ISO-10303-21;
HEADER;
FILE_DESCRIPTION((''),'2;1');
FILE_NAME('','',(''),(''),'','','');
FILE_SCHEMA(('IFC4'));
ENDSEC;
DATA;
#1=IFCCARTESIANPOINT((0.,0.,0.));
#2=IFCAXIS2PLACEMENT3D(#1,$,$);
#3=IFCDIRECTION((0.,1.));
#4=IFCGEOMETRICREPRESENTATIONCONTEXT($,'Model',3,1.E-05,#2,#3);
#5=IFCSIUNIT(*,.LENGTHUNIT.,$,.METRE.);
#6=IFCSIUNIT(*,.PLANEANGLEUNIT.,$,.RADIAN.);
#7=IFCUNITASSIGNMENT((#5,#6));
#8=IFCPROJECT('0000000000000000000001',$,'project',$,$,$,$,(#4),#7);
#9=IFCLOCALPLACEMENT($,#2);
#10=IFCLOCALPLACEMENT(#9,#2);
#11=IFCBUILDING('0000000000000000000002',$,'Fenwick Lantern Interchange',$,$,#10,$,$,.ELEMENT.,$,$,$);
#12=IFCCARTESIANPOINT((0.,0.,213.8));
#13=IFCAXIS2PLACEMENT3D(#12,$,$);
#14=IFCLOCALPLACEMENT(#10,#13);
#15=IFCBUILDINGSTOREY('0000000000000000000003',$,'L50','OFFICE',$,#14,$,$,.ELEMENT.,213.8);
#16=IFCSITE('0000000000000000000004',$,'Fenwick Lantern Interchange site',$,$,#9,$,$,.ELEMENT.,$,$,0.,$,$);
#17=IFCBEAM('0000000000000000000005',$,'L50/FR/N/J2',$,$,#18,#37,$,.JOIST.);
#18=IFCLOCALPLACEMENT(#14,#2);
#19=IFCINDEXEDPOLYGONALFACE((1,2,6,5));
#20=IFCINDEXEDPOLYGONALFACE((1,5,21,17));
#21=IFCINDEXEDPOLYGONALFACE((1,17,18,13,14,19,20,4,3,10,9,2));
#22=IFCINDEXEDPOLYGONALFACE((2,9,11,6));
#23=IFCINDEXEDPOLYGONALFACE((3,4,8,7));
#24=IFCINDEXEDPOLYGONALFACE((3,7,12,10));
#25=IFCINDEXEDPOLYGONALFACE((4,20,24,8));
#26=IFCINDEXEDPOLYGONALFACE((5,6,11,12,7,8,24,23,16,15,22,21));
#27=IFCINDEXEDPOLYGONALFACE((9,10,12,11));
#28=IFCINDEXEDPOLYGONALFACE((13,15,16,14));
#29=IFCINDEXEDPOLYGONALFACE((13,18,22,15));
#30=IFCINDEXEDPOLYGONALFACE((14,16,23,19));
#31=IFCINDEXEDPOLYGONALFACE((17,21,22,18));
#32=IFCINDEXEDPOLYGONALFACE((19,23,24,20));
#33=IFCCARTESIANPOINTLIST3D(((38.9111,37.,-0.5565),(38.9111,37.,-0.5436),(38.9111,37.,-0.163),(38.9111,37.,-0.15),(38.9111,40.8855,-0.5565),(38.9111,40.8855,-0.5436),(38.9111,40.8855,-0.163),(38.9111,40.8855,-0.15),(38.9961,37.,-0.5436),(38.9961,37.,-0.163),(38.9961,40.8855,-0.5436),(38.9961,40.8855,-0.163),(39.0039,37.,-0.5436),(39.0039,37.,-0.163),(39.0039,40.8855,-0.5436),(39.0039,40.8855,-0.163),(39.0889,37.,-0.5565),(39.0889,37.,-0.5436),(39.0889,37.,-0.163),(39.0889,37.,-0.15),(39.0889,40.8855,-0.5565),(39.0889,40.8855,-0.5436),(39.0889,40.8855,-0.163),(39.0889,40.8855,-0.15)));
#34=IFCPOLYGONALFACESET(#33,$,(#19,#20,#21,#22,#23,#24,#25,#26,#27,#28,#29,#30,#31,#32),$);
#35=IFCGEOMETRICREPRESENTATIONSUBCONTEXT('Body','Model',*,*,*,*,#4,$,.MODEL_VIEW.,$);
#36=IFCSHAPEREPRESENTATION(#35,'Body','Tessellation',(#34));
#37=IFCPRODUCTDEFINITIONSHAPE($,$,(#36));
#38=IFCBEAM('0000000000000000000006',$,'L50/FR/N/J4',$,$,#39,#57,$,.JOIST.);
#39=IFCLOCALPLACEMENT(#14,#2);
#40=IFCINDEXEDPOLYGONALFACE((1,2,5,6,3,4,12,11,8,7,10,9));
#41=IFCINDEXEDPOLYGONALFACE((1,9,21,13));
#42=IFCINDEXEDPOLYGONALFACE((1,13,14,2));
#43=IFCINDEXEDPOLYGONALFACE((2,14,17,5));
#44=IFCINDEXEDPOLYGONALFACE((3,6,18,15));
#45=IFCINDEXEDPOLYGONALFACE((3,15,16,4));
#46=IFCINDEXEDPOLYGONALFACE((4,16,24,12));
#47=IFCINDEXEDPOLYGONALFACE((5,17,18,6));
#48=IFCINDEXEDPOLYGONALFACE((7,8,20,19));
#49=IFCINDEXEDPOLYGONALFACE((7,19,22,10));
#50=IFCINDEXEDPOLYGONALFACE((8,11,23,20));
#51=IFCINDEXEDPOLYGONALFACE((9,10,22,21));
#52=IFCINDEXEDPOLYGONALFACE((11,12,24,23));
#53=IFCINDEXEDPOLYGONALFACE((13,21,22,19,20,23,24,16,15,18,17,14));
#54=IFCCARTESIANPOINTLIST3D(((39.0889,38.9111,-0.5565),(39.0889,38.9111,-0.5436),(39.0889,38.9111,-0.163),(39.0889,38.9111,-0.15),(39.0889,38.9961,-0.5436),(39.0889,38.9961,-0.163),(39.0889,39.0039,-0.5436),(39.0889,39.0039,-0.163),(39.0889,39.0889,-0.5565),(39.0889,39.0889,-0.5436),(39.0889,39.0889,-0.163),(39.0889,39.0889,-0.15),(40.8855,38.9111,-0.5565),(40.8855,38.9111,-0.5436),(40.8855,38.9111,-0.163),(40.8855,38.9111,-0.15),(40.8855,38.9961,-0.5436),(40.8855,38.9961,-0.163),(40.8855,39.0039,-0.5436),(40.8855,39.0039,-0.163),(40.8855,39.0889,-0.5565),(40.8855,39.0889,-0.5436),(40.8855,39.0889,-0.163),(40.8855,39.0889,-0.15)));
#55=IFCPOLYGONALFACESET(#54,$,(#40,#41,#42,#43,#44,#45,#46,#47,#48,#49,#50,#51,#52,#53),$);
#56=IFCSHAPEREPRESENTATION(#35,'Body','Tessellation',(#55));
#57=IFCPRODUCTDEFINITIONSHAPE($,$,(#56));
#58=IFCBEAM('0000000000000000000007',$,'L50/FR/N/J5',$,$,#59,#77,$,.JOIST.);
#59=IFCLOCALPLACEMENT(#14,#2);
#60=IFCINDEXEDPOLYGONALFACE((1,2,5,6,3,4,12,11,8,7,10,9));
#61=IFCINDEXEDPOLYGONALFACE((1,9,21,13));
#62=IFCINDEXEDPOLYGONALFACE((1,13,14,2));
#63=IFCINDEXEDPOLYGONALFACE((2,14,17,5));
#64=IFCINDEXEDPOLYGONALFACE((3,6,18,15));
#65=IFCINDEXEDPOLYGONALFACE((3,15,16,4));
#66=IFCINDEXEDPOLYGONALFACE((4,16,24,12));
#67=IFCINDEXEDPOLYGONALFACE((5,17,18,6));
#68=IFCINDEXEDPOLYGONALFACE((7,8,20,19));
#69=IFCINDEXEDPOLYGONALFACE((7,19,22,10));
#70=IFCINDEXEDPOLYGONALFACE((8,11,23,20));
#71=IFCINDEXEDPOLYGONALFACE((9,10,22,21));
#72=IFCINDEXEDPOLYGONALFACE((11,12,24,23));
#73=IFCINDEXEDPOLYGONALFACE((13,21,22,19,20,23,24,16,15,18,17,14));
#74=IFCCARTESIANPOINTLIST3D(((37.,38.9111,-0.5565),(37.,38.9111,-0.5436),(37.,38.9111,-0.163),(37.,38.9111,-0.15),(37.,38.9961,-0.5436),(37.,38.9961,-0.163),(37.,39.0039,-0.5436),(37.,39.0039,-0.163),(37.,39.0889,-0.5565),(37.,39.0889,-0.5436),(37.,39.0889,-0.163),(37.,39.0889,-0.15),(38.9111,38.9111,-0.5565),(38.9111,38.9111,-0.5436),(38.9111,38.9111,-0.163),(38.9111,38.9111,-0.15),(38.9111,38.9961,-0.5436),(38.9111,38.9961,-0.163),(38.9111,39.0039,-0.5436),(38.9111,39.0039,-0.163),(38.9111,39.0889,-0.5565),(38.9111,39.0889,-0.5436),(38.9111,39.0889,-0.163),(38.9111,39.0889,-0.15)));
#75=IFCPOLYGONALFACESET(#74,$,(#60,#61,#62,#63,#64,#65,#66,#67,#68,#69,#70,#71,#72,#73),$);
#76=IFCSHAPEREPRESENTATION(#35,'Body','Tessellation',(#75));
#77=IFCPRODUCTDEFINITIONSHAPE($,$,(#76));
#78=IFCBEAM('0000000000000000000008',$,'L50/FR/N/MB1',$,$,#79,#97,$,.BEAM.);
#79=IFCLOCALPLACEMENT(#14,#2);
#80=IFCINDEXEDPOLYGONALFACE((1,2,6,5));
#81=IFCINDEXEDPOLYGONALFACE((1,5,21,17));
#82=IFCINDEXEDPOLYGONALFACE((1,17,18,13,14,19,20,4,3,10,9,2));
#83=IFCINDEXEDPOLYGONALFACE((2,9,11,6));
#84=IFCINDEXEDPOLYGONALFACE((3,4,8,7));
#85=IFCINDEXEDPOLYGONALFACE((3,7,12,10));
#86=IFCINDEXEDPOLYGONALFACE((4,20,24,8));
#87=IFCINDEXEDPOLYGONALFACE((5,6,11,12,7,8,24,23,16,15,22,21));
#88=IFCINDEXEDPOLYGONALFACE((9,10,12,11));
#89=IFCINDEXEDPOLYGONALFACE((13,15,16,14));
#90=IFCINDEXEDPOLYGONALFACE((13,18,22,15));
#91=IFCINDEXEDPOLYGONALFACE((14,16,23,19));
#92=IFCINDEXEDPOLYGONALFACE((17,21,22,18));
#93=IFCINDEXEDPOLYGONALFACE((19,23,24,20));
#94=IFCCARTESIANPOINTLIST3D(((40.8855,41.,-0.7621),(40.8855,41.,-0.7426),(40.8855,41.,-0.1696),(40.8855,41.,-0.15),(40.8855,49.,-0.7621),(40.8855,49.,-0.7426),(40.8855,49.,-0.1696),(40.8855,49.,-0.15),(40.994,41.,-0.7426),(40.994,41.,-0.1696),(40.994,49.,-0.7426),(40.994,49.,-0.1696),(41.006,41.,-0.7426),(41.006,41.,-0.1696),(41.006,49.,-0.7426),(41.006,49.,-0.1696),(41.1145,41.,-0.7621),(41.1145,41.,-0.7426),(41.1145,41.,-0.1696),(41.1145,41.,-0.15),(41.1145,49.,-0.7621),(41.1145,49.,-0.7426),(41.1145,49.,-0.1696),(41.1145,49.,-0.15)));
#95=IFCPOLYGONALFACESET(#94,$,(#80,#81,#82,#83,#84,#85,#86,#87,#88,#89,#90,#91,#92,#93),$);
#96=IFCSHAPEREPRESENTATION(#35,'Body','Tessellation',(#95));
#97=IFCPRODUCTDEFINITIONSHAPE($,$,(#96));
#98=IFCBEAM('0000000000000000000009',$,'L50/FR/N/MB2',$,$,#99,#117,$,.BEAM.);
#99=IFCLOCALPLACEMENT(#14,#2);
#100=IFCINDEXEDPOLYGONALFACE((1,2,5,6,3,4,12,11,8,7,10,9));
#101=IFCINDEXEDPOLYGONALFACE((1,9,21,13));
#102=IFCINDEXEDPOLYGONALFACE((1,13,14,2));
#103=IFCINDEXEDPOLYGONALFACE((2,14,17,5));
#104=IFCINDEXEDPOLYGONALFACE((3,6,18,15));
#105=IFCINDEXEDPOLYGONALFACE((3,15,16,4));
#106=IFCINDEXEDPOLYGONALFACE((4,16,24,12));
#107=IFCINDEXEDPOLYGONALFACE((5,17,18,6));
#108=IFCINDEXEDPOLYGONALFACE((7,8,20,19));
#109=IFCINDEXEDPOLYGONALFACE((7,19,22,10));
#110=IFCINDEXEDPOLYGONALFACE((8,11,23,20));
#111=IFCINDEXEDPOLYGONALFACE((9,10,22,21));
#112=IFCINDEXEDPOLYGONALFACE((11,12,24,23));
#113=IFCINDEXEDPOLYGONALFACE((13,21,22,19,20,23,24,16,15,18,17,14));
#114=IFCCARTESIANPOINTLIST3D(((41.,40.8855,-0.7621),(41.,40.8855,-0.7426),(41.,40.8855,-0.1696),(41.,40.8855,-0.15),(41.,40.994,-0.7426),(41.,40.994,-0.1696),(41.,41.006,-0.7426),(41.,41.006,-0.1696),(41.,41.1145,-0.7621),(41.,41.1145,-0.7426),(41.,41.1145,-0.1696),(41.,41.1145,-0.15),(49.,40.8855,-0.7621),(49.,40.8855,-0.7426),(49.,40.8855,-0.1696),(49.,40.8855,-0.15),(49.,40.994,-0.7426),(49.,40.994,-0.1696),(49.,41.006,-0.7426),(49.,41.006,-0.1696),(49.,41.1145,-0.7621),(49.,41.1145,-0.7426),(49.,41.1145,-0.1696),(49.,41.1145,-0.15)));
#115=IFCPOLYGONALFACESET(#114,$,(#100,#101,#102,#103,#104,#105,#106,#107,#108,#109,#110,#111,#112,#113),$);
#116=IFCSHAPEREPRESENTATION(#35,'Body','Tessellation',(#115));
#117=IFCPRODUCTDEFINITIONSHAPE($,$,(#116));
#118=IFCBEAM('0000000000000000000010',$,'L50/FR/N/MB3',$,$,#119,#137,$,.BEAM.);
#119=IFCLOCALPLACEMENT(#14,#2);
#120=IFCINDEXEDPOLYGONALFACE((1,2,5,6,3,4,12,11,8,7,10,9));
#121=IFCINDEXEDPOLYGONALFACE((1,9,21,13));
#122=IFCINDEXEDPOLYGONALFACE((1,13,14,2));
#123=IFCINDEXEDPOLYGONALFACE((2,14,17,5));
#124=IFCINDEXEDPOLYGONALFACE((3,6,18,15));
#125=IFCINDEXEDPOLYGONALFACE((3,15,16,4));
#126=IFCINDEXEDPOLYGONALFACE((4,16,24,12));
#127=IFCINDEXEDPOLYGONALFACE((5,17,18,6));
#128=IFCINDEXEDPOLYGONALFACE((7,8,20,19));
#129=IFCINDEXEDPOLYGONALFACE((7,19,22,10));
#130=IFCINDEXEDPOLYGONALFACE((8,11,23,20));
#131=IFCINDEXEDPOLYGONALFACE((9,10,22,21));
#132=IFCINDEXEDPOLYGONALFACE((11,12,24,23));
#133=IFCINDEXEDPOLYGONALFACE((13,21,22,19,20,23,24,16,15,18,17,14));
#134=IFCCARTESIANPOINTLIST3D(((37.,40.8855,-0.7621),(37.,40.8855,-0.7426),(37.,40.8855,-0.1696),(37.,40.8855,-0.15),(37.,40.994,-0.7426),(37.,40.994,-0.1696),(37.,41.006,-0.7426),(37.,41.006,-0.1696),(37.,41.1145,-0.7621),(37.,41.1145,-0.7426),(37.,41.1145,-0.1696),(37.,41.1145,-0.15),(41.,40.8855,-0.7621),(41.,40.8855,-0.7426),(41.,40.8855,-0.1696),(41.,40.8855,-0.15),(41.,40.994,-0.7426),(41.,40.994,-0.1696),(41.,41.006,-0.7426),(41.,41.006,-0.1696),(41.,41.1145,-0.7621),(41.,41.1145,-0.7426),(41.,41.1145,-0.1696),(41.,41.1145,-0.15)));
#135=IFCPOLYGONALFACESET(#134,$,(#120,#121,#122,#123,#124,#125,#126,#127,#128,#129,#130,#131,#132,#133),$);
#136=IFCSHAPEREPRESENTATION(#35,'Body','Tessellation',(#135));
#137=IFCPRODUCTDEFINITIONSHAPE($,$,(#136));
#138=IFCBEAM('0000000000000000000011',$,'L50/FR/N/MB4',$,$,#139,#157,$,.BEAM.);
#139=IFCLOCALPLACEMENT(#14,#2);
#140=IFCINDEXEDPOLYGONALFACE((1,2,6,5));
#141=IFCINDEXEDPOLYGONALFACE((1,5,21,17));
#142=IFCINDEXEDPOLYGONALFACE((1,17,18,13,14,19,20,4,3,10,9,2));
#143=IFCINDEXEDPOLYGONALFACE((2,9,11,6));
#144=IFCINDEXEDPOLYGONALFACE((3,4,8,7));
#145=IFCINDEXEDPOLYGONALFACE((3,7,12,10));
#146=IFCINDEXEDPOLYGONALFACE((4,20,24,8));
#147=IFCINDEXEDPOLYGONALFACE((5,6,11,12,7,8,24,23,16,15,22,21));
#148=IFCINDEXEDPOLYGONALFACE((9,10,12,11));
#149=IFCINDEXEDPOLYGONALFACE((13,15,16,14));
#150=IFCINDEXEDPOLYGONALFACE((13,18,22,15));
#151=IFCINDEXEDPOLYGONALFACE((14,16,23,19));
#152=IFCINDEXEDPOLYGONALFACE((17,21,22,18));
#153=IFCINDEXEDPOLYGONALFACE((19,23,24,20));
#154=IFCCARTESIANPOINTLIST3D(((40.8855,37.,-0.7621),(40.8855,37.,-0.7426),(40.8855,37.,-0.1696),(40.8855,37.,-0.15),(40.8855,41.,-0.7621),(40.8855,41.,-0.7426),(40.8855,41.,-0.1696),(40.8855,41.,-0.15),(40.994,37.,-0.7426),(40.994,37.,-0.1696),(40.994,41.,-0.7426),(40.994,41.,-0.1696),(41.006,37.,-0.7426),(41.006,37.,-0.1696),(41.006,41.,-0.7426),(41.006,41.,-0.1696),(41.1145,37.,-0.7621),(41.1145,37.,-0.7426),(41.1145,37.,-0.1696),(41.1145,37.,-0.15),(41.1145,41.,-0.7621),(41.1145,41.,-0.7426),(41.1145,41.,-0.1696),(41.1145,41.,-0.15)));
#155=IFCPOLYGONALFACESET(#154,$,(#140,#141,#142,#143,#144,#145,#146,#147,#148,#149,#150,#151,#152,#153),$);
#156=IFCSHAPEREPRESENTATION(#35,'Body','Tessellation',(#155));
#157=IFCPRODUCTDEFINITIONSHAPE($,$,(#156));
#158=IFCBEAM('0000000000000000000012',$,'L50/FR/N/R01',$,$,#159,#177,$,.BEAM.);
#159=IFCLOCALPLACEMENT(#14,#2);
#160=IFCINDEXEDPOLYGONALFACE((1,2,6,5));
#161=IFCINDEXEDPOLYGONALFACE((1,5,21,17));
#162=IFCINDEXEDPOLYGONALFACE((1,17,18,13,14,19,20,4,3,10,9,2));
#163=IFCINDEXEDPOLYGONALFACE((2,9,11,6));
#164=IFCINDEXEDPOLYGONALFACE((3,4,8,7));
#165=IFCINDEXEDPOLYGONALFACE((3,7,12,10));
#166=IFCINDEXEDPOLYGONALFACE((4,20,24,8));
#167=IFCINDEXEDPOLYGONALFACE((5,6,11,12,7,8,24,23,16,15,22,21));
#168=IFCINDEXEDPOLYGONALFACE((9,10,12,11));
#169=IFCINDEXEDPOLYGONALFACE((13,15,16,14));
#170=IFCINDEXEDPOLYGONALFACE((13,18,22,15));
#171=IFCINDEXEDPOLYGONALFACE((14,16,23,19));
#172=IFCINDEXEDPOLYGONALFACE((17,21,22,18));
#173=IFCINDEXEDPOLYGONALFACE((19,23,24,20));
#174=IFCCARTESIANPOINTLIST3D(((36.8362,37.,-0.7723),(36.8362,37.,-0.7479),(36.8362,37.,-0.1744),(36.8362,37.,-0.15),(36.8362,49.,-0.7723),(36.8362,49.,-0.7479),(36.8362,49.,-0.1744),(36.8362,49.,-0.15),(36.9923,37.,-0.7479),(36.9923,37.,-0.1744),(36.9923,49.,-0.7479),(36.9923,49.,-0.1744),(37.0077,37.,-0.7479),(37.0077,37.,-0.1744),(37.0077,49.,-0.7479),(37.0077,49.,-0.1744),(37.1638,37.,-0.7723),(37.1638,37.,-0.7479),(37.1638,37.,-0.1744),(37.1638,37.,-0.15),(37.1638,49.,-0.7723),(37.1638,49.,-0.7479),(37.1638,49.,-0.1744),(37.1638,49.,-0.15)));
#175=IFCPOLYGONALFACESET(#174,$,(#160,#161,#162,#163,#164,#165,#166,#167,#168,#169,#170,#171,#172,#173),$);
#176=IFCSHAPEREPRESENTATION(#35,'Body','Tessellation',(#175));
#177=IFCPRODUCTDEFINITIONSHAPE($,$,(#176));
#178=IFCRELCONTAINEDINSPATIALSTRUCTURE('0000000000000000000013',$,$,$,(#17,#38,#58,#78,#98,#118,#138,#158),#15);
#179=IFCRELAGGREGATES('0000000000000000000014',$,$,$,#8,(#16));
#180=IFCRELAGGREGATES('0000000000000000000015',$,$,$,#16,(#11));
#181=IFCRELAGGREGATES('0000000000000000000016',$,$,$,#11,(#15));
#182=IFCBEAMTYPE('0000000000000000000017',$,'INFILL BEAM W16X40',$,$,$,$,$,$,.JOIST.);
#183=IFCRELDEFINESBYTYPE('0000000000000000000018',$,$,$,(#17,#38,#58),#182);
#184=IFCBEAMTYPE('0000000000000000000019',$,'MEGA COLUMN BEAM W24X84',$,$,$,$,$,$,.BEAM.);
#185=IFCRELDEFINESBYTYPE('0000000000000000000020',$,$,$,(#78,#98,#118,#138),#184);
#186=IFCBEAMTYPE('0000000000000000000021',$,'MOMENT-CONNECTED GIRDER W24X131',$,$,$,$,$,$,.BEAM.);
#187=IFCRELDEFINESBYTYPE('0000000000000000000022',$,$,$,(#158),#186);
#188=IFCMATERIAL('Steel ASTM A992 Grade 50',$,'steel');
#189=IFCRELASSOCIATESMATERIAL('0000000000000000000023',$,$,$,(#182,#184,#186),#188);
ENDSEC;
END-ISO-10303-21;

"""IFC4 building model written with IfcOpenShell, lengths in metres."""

from ifc_helpers import new_model, si_unit, direction, frame, origin, origin_2d, place, context, subcontext, project, spatial, i_section, extrude, material, material_profile, profile_set, type_object, element, save


model = new_model("IFC4")

# Units and contexts
model_context = context("Model", 3, precision=1e-05, world=origin(), true_north=direction((0.0, 1.0)))
body_context = subcontext(model_context, "Body", "Model", "MODEL_VIEW")
ifc_project = project(units=[si_unit("LENGTHUNIT", "METRE"), si_unit("PLANEANGLEUNIT", "RADIAN")], contexts=[model_context])

# Site, building, storey
site_placement = place(None, origin())
site = spatial("IfcSite", under=ifc_project, at=site_placement, Name="Fenwick Lantern Interchange site", CompositionType="ELEMENT", RefElevation=0.0)
building_placement = place(site_placement, origin())
building = spatial("IfcBuilding", under=site, at=building_placement, Name="Fenwick Lantern Interchange", CompositionType="ELEMENT")
storey_placement = place(building_placement, frame((0.0, 0.0, 213.8)))
storey = spatial("IfcBuildingStorey", under=building, at=storey_placement, Name="L50", Description="OFFICE", CompositionType="ELEMENT", Elevation=213.8)

# Shared definitions
ifc_material_1 = material(Name="Steel ASTM A992 Grade 50", Category="steel")

# Beams
ifc_material_profile_1 = material_profile(ifc_material_1, i_section(OverallWidth=0.1777, OverallDepth=0.4065, WebThickness=0.0078, FlangeThickness=0.0129, at=origin_2d()), Name="W16X40")
ifc_profile_set_1 = profile_set([ifc_material_profile_1], Name="Steel ASTM A992 Grade 50")
beam_type_1 = type_object("IfcBeamType", Name="INFILL BEAM W16X40", PredefinedType="JOIST", material=ifc_profile_set_1)
beam_1_placement = place(storey_placement, frame((39.0, 40.8855, -0.3533), z_axis=(0.0, -1.0, 0.0), x_axis=(1.0, 0.0, 0.0)))
element("IfcBeam", 1, at=beam_1_placement, inside=storey, type_object=beam_type_1, Name="L50/FR/N/J2", PredefinedType="JOIST", context=body_context, shape_type="SweptSolid", body=[
    extrude(i_section(OverallWidth=0.1777, OverallDepth=0.4065, WebThickness=0.0078, FlangeThickness=0.0129, at=origin_2d()), origin(), (0.0, 0.0, 1.0), 3.8855),
])
beam_2_placement = place(storey_placement, frame((40.8855, 39.0, -0.3533), z_axis=(-1.0, 0.0, 0.0), x_axis=(0.0, -1.0, 0.0)))
element("IfcBeam", 2, at=beam_2_placement, inside=storey, type_object=beam_type_1, Name="L50/FR/N/J4", PredefinedType="JOIST", context=body_context, shape_type="SweptSolid", body=[
    extrude(i_section(OverallWidth=0.1777, OverallDepth=0.4065, WebThickness=0.0078, FlangeThickness=0.0129, at=origin_2d()), origin(), (0.0, 0.0, 1.0), 1.7966),
])
beam_3_placement = place(storey_placement, frame((38.9111, 39.0, -0.3533), z_axis=(-1.0, 0.0, 0.0), x_axis=(0.0, -1.0, 0.0)))
element("IfcBeam", 3, at=beam_3_placement, inside=storey, type_object=beam_type_1, Name="L50/FR/N/J5", PredefinedType="JOIST", context=body_context, shape_type="SweptSolid", body=[
    extrude(i_section(OverallWidth=0.1777, OverallDepth=0.4065, WebThickness=0.0078, FlangeThickness=0.0129, at=origin_2d()), origin(), (0.0, 0.0, 1.0), 1.9111),
])
ifc_material_profile_2 = material_profile(ifc_material_1, i_section(OverallWidth=0.229, OverallDepth=0.6121, WebThickness=0.012, FlangeThickness=0.0195, at=origin_2d()), Name="W24X84")
ifc_profile_set_2 = profile_set([ifc_material_profile_2], Name="Steel ASTM A992 Grade 50")
beam_type_2 = type_object("IfcBeamType", Name="MEGA COLUMN BEAM W24X84", PredefinedType="BEAM", material=ifc_profile_set_2)
for number, where, z_axis, x_axis, name in (
    (4, (41.0, 41.0, -0.4561), (0.0, 1.0, 0.0), (-1.0, 0.0, 0.0), "L50/FR/N/MB1"),
    (5, (41.0, 41.0, -0.4561), (1.0, 0.0, 0.0), (0.0, 1.0, 0.0), "L50/FR/N/MB2"),
):
    element("IfcBeam", number, at=place(storey_placement, frame(where, z_axis=z_axis, x_axis=x_axis)), inside=storey, type_object=beam_type_2, Name=name, PredefinedType="BEAM", context=body_context, shape_type="SweptSolid", body=[
        extrude(i_section(OverallWidth=0.229, OverallDepth=0.6121, WebThickness=0.012, FlangeThickness=0.0195, at=origin_2d()), origin(), (0.0, 0.0, 1.0), 8.0),
    ])
for number, where, z_axis, x_axis, name in (
    (6, (41.0, 41.0, -0.4561), (-1.0, 0.0, 0.0), (0.0, -1.0, 0.0), "L50/FR/N/MB3"),
    (7, (41.0, 41.0, -0.4561), (0.0, -1.0, 0.0), (1.0, 0.0, 0.0), "L50/FR/N/MB4"),
):
    element("IfcBeam", number, at=place(storey_placement, frame(where, z_axis=z_axis, x_axis=x_axis)), inside=storey, type_object=beam_type_2, Name=name, PredefinedType="BEAM", context=body_context, shape_type="SweptSolid", body=[
        extrude(i_section(OverallWidth=0.229, OverallDepth=0.6121, WebThickness=0.012, FlangeThickness=0.0195, at=origin_2d()), origin(), (0.0, 0.0, 1.0), 4.0),
    ])
ifc_material_profile_3 = material_profile(ifc_material_1, i_section(OverallWidth=0.3276, OverallDepth=0.6223, WebThickness=0.0154, FlangeThickness=0.0244, at=origin_2d()), Name="W24X131")
ifc_profile_set_3 = profile_set([ifc_material_profile_3], Name="Steel ASTM A992 Grade 50")
beam_type_3 = type_object("IfcBeamType", Name="MOMENT-CONNECTED GIRDER W24X131", PredefinedType="BEAM", material=ifc_profile_set_3)
beam_4_placement = place(storey_placement, frame((37.0, 49.0, -0.4612), z_axis=(0.0, -1.0, 0.0), x_axis=(1.0, 0.0, 0.0)))
element("IfcBeam", 8, at=beam_4_placement, inside=storey, type_object=beam_type_3, Name="L50/FR/N/R01", PredefinedType="BEAM", context=body_context, shape_type="SweptSolid", body=[
    extrude(i_section(OverallWidth=0.3276, OverallDepth=0.6223, WebThickness=0.0154, FlangeThickness=0.0244, at=origin_2d()), origin(), (0.0, 0.0, 1.0), 12.0),
])

save(model, "model.ifc")
